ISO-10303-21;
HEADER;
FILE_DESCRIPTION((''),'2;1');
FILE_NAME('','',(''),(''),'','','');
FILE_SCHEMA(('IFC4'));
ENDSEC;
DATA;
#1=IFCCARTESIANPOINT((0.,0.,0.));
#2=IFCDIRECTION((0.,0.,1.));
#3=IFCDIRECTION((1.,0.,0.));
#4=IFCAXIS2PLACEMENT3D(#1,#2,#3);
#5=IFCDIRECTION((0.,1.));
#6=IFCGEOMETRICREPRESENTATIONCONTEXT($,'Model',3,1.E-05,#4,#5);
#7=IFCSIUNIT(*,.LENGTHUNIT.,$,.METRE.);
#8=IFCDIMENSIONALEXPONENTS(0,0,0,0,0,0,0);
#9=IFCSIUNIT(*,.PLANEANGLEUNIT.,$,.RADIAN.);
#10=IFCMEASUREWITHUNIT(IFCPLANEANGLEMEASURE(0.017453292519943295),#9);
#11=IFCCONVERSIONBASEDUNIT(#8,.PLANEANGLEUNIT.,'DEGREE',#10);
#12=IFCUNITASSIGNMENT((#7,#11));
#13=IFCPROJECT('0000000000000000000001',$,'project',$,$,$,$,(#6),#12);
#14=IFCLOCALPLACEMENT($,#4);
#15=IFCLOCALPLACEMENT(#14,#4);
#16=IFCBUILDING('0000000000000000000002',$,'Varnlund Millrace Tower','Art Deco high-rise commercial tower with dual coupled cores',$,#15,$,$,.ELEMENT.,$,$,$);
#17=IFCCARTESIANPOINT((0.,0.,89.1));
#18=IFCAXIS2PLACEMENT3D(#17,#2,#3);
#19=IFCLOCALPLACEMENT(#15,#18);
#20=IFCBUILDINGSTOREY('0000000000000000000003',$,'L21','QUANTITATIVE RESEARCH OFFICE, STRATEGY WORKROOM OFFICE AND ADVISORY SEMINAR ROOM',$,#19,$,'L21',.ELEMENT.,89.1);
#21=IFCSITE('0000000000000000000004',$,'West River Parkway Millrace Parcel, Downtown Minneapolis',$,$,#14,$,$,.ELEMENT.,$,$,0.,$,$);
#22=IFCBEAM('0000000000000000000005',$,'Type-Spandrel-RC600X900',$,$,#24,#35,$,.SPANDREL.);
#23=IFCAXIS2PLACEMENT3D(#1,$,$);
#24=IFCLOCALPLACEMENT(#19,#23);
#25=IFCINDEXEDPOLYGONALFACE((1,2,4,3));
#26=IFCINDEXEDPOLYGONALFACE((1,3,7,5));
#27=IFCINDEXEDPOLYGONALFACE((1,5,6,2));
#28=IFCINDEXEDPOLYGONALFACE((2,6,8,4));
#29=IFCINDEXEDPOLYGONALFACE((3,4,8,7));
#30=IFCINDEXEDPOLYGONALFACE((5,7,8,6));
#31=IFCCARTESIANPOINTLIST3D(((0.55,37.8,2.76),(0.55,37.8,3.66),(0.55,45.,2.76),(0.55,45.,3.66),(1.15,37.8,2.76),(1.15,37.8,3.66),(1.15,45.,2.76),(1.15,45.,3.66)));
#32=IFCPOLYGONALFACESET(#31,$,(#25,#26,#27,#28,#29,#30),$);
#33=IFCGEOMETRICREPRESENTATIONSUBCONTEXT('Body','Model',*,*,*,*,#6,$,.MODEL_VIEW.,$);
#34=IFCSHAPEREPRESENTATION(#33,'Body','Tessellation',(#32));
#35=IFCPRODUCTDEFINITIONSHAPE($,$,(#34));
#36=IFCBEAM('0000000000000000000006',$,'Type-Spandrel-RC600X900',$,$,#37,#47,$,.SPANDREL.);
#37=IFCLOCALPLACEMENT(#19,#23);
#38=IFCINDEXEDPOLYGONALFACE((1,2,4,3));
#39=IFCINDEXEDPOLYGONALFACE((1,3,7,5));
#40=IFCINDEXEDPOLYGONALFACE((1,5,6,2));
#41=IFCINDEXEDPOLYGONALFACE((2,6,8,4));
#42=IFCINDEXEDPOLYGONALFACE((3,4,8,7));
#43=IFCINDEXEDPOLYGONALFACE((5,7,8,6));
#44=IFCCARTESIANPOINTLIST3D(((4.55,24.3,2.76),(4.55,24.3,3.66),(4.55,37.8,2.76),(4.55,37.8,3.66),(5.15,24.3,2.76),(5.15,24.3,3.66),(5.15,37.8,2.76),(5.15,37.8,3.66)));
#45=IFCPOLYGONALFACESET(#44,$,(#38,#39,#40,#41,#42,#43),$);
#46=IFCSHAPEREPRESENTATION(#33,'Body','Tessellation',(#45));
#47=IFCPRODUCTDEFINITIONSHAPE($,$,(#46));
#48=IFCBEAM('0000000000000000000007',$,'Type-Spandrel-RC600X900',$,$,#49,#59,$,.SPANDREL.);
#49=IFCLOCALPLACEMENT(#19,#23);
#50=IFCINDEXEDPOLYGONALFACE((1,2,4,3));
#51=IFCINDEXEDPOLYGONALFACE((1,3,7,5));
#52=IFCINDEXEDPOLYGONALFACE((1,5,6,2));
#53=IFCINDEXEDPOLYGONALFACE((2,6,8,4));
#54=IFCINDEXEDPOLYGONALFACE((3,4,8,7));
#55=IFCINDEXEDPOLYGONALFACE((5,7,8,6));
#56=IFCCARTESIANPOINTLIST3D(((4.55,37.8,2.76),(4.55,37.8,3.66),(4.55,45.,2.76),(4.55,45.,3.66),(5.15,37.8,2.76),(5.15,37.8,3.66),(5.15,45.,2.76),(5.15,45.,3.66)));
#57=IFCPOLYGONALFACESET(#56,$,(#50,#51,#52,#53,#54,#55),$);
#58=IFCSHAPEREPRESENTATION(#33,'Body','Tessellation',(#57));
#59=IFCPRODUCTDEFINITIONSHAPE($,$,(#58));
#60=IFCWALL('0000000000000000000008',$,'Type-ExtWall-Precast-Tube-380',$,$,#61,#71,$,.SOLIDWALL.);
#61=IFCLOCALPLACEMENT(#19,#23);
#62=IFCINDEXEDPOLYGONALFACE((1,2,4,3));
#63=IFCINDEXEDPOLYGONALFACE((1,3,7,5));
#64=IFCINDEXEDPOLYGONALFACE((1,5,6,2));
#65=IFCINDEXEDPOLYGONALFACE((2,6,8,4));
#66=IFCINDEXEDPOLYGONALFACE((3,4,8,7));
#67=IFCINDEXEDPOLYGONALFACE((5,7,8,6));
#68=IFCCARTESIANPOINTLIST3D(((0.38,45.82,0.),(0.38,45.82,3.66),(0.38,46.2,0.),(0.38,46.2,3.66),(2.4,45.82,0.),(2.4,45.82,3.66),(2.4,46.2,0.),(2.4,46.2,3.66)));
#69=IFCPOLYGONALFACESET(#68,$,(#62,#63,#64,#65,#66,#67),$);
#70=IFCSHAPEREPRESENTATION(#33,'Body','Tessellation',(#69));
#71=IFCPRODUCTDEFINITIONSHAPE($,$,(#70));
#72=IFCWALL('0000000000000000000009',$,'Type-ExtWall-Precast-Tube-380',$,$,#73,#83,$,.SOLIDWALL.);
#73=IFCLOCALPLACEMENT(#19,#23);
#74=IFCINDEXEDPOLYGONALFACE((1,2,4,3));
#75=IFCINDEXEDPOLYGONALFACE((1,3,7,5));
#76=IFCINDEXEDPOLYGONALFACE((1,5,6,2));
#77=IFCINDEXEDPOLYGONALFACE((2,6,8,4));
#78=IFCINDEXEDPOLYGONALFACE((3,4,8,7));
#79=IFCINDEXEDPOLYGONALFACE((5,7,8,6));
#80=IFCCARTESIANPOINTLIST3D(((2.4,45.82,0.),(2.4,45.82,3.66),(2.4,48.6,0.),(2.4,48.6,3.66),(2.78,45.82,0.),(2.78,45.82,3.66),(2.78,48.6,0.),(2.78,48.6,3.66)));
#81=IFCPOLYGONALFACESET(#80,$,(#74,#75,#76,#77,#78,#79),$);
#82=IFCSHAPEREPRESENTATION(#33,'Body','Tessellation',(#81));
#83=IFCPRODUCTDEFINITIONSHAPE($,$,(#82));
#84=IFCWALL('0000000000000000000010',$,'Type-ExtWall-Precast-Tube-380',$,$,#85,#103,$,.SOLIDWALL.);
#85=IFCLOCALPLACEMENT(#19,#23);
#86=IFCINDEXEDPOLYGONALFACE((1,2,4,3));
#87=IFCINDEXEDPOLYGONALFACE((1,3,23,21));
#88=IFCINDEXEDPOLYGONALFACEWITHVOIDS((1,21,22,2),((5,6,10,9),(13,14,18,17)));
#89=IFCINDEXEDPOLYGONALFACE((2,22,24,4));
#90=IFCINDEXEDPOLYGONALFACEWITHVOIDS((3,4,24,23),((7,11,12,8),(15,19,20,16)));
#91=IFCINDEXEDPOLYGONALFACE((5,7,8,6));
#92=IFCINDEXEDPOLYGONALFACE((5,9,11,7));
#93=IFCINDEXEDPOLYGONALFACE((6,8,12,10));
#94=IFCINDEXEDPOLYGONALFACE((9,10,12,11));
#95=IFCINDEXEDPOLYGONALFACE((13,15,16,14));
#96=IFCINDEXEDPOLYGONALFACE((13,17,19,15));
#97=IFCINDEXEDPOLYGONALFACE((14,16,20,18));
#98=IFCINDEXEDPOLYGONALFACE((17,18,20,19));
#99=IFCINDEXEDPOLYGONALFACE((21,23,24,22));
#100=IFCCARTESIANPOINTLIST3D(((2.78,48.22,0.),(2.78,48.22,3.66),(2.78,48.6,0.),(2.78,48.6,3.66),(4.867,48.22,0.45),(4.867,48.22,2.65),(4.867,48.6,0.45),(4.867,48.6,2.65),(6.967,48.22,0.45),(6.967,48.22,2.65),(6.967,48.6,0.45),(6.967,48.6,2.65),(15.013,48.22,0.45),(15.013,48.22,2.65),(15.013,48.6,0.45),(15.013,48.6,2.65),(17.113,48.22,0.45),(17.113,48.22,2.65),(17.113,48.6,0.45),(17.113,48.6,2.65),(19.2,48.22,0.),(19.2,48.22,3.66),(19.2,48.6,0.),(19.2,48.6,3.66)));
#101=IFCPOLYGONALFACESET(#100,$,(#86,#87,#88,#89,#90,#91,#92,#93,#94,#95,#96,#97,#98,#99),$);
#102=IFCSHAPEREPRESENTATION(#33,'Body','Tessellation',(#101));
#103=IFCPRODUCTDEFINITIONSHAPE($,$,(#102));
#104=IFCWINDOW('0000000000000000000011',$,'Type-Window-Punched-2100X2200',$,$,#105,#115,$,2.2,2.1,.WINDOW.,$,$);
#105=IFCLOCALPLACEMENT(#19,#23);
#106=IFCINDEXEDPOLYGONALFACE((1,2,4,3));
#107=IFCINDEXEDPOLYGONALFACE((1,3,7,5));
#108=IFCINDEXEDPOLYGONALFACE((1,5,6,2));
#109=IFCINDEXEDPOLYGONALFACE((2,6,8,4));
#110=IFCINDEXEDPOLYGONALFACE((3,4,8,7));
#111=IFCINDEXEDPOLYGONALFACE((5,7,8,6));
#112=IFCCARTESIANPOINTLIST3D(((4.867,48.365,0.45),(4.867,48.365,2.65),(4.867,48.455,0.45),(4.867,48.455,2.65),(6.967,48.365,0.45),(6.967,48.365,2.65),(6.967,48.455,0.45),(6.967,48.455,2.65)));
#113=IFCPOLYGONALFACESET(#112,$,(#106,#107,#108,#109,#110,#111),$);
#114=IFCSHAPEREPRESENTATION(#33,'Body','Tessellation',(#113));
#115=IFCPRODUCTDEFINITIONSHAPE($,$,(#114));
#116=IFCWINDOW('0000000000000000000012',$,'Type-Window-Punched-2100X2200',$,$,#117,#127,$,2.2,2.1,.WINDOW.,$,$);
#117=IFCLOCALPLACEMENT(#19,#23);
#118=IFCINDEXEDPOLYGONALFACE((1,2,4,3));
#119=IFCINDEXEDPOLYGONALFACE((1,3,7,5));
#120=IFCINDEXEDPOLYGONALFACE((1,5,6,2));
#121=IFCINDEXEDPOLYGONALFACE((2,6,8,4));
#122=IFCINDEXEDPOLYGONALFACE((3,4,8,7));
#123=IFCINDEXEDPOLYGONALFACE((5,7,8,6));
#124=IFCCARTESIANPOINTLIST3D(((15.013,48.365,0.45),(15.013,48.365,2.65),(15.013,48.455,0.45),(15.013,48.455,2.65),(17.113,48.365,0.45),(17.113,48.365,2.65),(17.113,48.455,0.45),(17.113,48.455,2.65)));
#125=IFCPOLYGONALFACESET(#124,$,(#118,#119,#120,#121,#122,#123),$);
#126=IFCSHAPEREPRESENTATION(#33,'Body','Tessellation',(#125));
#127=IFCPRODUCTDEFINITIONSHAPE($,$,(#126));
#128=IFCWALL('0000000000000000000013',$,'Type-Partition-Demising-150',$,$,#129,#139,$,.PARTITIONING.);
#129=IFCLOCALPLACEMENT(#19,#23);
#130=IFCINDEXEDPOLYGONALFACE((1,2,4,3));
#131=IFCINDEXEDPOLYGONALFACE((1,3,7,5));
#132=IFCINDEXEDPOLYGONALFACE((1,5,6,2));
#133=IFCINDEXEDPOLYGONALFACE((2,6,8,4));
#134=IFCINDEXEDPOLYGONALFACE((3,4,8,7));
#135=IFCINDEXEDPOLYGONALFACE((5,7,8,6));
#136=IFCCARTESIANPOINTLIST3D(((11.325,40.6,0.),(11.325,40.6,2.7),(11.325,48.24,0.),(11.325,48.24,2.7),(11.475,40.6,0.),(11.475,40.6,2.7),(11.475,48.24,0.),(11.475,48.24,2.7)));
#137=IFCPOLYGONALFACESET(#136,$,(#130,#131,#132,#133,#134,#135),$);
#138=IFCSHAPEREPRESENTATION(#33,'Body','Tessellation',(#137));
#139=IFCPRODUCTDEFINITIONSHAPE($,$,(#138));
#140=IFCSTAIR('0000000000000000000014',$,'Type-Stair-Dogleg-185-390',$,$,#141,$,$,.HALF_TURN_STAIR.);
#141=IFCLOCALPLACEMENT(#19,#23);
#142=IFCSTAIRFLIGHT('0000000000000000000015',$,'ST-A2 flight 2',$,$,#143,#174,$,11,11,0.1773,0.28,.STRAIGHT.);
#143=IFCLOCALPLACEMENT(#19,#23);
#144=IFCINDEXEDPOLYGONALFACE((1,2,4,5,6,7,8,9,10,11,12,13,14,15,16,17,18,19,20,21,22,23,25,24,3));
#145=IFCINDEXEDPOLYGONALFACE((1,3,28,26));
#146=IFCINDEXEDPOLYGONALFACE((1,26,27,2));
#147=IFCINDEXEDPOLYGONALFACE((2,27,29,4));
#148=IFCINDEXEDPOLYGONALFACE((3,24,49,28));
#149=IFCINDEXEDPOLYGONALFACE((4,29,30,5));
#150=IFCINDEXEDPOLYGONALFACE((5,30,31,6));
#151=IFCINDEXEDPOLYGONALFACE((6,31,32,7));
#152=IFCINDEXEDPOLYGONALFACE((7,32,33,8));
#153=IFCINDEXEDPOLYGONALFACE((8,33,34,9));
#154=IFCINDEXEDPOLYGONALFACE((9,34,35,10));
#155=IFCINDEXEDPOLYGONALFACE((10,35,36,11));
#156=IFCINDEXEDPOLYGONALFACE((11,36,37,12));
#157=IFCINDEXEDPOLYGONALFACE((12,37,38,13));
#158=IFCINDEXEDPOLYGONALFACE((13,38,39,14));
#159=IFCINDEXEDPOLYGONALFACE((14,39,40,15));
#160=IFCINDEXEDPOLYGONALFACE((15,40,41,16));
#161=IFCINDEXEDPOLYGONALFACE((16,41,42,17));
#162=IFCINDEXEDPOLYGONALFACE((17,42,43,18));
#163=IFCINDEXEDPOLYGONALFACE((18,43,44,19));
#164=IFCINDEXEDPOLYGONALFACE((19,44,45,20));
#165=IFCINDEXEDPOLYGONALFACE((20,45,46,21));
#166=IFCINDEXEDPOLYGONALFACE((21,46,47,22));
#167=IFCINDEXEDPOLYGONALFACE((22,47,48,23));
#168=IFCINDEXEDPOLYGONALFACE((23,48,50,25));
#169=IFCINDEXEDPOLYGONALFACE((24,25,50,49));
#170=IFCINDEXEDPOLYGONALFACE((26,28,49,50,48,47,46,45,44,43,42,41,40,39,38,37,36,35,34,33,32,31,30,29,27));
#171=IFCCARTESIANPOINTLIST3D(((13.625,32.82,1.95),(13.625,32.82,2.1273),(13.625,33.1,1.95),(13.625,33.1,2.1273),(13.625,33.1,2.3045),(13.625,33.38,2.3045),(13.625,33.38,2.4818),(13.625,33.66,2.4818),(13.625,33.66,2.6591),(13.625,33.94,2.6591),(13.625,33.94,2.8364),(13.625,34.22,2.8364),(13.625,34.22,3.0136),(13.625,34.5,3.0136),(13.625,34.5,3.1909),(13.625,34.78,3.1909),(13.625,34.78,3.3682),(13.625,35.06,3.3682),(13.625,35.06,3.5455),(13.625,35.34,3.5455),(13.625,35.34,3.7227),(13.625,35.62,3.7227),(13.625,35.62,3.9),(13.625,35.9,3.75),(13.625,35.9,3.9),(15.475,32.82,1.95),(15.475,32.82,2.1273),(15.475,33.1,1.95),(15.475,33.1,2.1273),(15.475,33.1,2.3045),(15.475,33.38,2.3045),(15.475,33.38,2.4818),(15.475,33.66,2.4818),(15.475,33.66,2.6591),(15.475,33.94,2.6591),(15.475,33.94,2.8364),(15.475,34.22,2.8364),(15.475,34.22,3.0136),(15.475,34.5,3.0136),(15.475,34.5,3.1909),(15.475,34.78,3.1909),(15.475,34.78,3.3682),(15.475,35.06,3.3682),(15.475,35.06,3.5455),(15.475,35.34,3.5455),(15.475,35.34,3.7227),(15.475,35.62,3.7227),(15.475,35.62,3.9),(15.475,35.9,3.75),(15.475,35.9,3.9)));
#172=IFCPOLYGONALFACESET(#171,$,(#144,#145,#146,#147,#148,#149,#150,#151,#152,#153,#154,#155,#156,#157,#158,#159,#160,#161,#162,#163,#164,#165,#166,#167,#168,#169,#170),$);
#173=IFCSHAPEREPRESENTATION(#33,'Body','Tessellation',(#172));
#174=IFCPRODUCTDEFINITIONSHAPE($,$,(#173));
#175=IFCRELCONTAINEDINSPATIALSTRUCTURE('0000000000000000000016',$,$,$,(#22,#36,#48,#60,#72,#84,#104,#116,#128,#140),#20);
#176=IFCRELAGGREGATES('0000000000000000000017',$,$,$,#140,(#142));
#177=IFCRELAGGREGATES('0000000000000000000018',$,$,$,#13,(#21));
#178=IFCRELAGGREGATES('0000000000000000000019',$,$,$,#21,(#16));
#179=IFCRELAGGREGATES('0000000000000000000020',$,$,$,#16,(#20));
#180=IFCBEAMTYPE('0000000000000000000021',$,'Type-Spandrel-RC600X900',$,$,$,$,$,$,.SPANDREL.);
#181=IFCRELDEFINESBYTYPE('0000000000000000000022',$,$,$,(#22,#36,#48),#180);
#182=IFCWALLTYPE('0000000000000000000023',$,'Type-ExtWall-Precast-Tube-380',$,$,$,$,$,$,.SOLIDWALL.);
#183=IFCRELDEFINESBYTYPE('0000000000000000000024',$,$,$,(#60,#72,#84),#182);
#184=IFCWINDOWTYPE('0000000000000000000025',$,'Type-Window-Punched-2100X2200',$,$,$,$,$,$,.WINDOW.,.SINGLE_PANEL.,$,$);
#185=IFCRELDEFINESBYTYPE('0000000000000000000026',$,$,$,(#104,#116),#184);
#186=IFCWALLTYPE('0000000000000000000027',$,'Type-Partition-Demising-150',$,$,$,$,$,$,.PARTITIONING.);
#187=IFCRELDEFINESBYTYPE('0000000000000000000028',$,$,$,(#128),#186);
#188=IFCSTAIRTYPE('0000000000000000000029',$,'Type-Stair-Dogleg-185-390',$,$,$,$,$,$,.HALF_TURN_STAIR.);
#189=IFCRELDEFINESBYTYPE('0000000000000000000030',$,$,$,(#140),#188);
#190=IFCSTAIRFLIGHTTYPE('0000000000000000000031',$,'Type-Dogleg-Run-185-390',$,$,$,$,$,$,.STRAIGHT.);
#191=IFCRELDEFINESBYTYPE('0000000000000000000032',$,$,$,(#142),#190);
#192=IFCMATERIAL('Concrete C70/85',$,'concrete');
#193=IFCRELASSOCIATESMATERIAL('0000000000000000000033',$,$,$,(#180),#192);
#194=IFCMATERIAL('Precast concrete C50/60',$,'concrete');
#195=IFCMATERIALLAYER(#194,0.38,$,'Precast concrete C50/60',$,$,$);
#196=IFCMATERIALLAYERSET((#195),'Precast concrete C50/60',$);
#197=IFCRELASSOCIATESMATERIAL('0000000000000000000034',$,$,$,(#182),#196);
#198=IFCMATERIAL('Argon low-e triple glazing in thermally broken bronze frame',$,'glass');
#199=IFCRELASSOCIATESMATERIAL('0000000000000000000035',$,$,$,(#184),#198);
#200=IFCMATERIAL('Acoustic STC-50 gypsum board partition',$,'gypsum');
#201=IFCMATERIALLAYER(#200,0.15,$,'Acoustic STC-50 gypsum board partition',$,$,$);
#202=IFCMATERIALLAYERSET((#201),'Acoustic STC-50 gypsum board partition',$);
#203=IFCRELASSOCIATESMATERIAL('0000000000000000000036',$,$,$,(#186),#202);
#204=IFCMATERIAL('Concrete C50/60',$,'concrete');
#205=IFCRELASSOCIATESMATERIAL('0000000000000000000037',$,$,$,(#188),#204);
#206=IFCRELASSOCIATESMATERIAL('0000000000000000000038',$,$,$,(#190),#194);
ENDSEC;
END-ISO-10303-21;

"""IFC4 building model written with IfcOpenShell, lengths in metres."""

from ifc_helpers import new_model, entity, si_unit, converted_unit, direction, frame, origin_with_axes, origin_2d_with_axis, place, context, subcontext, project, spatial, polyline, rectangle, outline, extrude, material, layer, layer_set, material_profile, profile_set, type_object, element, fill, aggregate, save


model = new_model("IFC4")

# Units and contexts
model_context = context("Model", 3, precision=1e-05, world=origin_with_axes(), true_north=direction((0.0, 1.0)))
body_context = subcontext(model_context, "Body", "Model", "MODEL_VIEW")
ifc_project = project(units=[si_unit("LENGTHUNIT", "METRE"), converted_unit("PLANEANGLEUNIT", "DEGREE", entity("IfcPlaneAngleMeasure", 0.017453292519943295), si_unit("PLANEANGLEUNIT", "RADIAN"), dimensions=[0, 0, 0, 0, 0, 0, 0])], contexts=[model_context])

# Site, building, storey
site_placement = place(None, origin_with_axes())
site = spatial("IfcSite", under=ifc_project, at=site_placement, Name="West River Parkway Millrace Parcel, Downtown Minneapolis", CompositionType="ELEMENT", RefElevation=0.0)
building_placement = place(site_placement, origin_with_axes())
building = spatial("IfcBuilding", under=site, at=building_placement, Name="Varnlund Millrace Tower", Description="Art Deco high-rise commercial tower with dual coupled cores", CompositionType="ELEMENT")
storey_placement = place(building_placement, frame((0.0, 0.0, 89.1), z_axis=(0.0, 0.0, 1.0), x_axis=(1.0, 0.0, 0.0)))
storey = spatial("IfcBuildingStorey", under=building, at=storey_placement, Name="L21", Description="QUANTITATIVE RESEARCH OFFICE, STRATEGY WORKROOM OFFICE AND ADVISORY SEMINAR ROOM", LongName="L21", CompositionType="ELEMENT", Elevation=89.1)

# Beams
ifc_material_1 = material(Name="Concrete C70/85", Category="concrete")
ifc_material_profile_1 = material_profile(ifc_material_1, rectangle(XDim=0.6, YDim=0.9, at=origin_2d_with_axis()), Name="Concrete C70/85")
ifc_profile_set_1 = profile_set([ifc_material_profile_1], Name="Concrete C70/85")
beam_type_1 = type_object("IfcBeamType", Name="Type-Spandrel-RC600X900", PredefinedType="SPANDREL", material=ifc_profile_set_1)
beam_1_placement = place(storey_placement, frame((0.85, 37.8, 3.21), z_axis=(0.0, 1.0, 0.0), x_axis=(-1.0, 0.0, 0.0)))
element("IfcBeam", 1, at=beam_1_placement, inside=storey, type_object=beam_type_1, Name="Type-Spandrel-RC600X900", PredefinedType="SPANDREL", context=body_context, shape_type="SweptSolid", body=[
    extrude(rectangle(XDim=0.6, YDim=0.9, at=origin_2d_with_axis()), origin_with_axes(), (0.0, 0.0, 1.0), 7.2),
])
beam_2_placement = place(storey_placement, frame((4.85, 24.3, 3.21), z_axis=(0.0, 1.0, 0.0), x_axis=(-1.0, 0.0, 0.0)))
element("IfcBeam", 2, at=beam_2_placement, inside=storey, type_object=beam_type_1, Name="Type-Spandrel-RC600X900", PredefinedType="SPANDREL", context=body_context, shape_type="SweptSolid", body=[
    extrude(rectangle(XDim=0.6, YDim=0.9, at=origin_2d_with_axis()), origin_with_axes(), (0.0, 0.0, 1.0), 13.5),
])
beam_3_placement = place(storey_placement, frame((4.85, 37.8, 3.21), z_axis=(0.0, 1.0, 0.0), x_axis=(-1.0, 0.0, 0.0)))
element("IfcBeam", 3, at=beam_3_placement, inside=storey, type_object=beam_type_1, Name="Type-Spandrel-RC600X900", PredefinedType="SPANDREL", context=body_context, shape_type="SweptSolid", body=[
    extrude(rectangle(XDim=0.6, YDim=0.9, at=origin_2d_with_axis()), origin_with_axes(), (0.0, 0.0, 1.0), 7.2),
])

# Walls
ifc_material_2 = material(Name="Precast concrete C50/60", Category="concrete")
ifc_layer_1 = layer(ifc_material_2, 0.38, Name="Precast concrete C50/60")
ifc_layer_set_1 = layer_set([ifc_layer_1], Name="Precast concrete C50/60")
wall_type_1 = type_object("IfcWallType", Name="Type-ExtWall-Precast-Tube-380", PredefinedType="SOLIDWALL", material=ifc_layer_set_1)
wall_1_placement = place(storey_placement, frame((0.38, 46.01, 0.0), z_axis=(0.0, 0.0, 1.0), x_axis=(1.0, 0.0, 0.0)))
element("IfcWall", 4, at=wall_1_placement, inside=storey, type_object=wall_type_1, Name="Type-ExtWall-Precast-Tube-380", PredefinedType="SOLIDWALL", context=body_context, shape_type="SweptSolid", body=[
    extrude(outline(polyline([(0.0, -0.19), (2.02, -0.19), (2.02, 0.19), (0.0, 0.19), (0.0, -0.19)])), origin_with_axes(), (0.0, 0.0, 1.0), 3.66),
])
wall_2_placement = place(storey_placement, frame((2.59, 45.82, 0.0), z_axis=(0.0, 0.0, 1.0), x_axis=(0.0, 1.0, 0.0)))
element("IfcWall", 5, at=wall_2_placement, inside=storey, type_object=wall_type_1, Name="Type-ExtWall-Precast-Tube-380", PredefinedType="SOLIDWALL", context=body_context, shape_type="SweptSolid", body=[
    extrude(outline(polyline([(0.0, -0.19), (2.78, -0.19), (2.78, 0.19), (0.0, 0.19), (0.0, -0.19)])), origin_with_axes(), (0.0, 0.0, 1.0), 3.66),
])

# Wall, openings, windows
wall_3_placement = place(storey_placement, frame((2.78, 48.41, 0.0), z_axis=(0.0, 0.0, 1.0), x_axis=(1.0, 0.0, 0.0)))
wall_3 = element("IfcWall", 6, at=wall_3_placement, inside=storey, type_object=wall_type_1, Name="Type-ExtWall-Precast-Tube-380", PredefinedType="SOLIDWALL", context=body_context, shape_type="SweptSolid", body=[
    extrude(outline(polyline([(0.0, -0.19), (16.42, -0.19), (16.42, 0.19), (0.0, 0.19), (0.0, -0.19)])), origin_with_axes(), (0.0, 0.0, 1.0), 3.66),
])
opening_1_placement = place(wall_3_placement, frame((3.137, 0.0, 0.45), z_axis=(0.0, 0.0, 1.0), x_axis=(1.0, 0.0, 0.0)))
opening_1 = element("IfcOpeningElement", 7, at=opening_1_placement, cuts=wall_3, PredefinedType="OPENING", context=body_context, shape_type="SweptSolid", body=[
    extrude(rectangle(XDim=2.1, YDim=0.4, at=origin_2d_with_axis()), origin_with_axes(), (0.0, 0.0, 1.0), 2.2),
])
opening_2_placement = place(wall_3_placement, frame((13.283, 0.0, 0.45), z_axis=(0.0, 0.0, 1.0), x_axis=(1.0, 0.0, 0.0)))
opening_2 = element("IfcOpeningElement", 8, at=opening_2_placement, cuts=wall_3, PredefinedType="OPENING", context=body_context, shape_type="SweptSolid", body=[
    extrude(rectangle(XDim=2.1, YDim=0.4, at=origin_2d_with_axis()), origin_with_axes(), (0.0, 0.0, 1.0), 2.2),
])
ifc_material_3 = material(Name="Argon low-e triple glazing in thermally broken bronze frame", Category="glass")
window_type = type_object("IfcWindowType", Name="Type-Window-Punched-2100X2200", PartitioningType="SINGLE_PANEL", PredefinedType="WINDOW", material=ifc_material_3)
window_1_placement = place(wall_3_placement, frame((3.137, 0.0, 0.45), z_axis=(0.0, 0.0, 1.0), x_axis=(1.0, 0.0, 0.0)))
window_1 = element("IfcWindow", 9, at=window_1_placement, inside=storey, type_object=window_type, Name="Type-Window-Punched-2100X2200", OverallHeight=2.2, OverallWidth=2.1, PredefinedType="WINDOW", context=body_context, shape_type="SweptSolid", body=[
    extrude(rectangle(XDim=2.1, YDim=0.09, at=origin_2d_with_axis()), origin_with_axes(), (0.0, 0.0, 1.0), 2.2),
])
fill(opening_1, window_1)
window_2_placement = place(wall_3_placement, frame((13.283, 0.0, 0.45), z_axis=(0.0, 0.0, 1.0), x_axis=(1.0, 0.0, 0.0)))
window_2 = element("IfcWindow", 10, at=window_2_placement, inside=storey, type_object=window_type, Name="Type-Window-Punched-2100X2200", OverallHeight=2.2, OverallWidth=2.1, PredefinedType="WINDOW", context=body_context, shape_type="SweptSolid", body=[
    extrude(rectangle(XDim=2.1, YDim=0.09, at=origin_2d_with_axis()), origin_with_axes(), (0.0, 0.0, 1.0), 2.2),
])
fill(opening_2, window_2)

# Wall
ifc_material_4 = material(Name="Acoustic STC-50 gypsum board partition", Category="gypsum")
ifc_layer_2 = layer(ifc_material_4, 0.15, Name="Acoustic STC-50 gypsum board partition")
ifc_layer_set_2 = layer_set([ifc_layer_2], Name="Acoustic STC-50 gypsum board partition")
wall_type_2 = type_object("IfcWallType", Name="Type-Partition-Demising-150", PredefinedType="PARTITIONING", material=ifc_layer_set_2)
wall_4_placement = place(storey_placement, frame((11.4, 40.6, 0.0), z_axis=(0.0, 0.0, 1.0), x_axis=(0.0, 1.0, 0.0)))
element("IfcWall", 11, at=wall_4_placement, inside=storey, type_object=wall_type_2, Name="Type-Partition-Demising-150", PredefinedType="PARTITIONING", context=body_context, shape_type="SweptSolid", body=[
    extrude(outline(polyline([(0.0, -0.075), (7.64, -0.075), (7.64, 0.075), (0.0, 0.075), (0.0, -0.075)])), origin_with_axes(), (0.0, 0.0, 1.0), 2.7),
])

# Stair, stair flight
ifc_material_5 = material(Name="Concrete C50/60", Category="concrete")
stair_type = type_object("IfcStairType", Name="Type-Stair-Dogleg-185-390", PredefinedType="HALF_TURN_STAIR", material=ifc_material_5)
stair_placement = place(storey_placement, origin_with_axes())
stair = element("IfcStair", 12, at=stair_placement, inside=storey, type_object=stair_type, Name="Type-Stair-Dogleg-185-390", PredefinedType="HALF_TURN_STAIR")
stair_flight_type = type_object("IfcStairFlightType", Name="Type-Dogleg-Run-185-390", PredefinedType="STRAIGHT", material=ifc_material_2)
stair_flight_placement = place(storey_placement, frame((13.625, 32.82, 1.95), z_axis=(1.0, 0.0, 0.0), x_axis=(0.0, 1.0, 0.0)))
stair_flight = element("IfcStairFlight", 13, at=stair_flight_placement, type_object=stair_flight_type, Name="ST-A2 flight 2", NumberOfRisers=11, NumberOfTreads=11, PredefinedType="STRAIGHT", RiserHeight=0.1773, TreadLength=0.28, context=body_context, shape_type="SweptSolid", body=[
    extrude(outline(polyline([(0.0, 0.0), (0.0, 0.1773), (0.28, 0.1773), (0.28, 0.3545), (0.56, 0.3545), (0.56, 0.5318), (0.84, 0.5318), (0.84, 0.7091), (1.12, 0.7091), (1.12, 0.8864), (1.4, 0.8864), (1.4, 1.0636), (1.68, 1.0636), (1.68, 1.2409), (1.96, 1.2409), (1.96, 1.4182), (2.24, 1.4182), (2.24, 1.5955), (2.52, 1.5955), (2.52, 1.7727), (2.8, 1.7727), (2.8, 1.95), (3.08, 1.95), (3.08, 1.8), (0.28, 0.0), (0.0, 0.0)])), origin_with_axes(), (0.0, 0.0, 1.0), 1.85),
])
aggregate(stair, [stair_flight])

save(model, "model.ifc")
